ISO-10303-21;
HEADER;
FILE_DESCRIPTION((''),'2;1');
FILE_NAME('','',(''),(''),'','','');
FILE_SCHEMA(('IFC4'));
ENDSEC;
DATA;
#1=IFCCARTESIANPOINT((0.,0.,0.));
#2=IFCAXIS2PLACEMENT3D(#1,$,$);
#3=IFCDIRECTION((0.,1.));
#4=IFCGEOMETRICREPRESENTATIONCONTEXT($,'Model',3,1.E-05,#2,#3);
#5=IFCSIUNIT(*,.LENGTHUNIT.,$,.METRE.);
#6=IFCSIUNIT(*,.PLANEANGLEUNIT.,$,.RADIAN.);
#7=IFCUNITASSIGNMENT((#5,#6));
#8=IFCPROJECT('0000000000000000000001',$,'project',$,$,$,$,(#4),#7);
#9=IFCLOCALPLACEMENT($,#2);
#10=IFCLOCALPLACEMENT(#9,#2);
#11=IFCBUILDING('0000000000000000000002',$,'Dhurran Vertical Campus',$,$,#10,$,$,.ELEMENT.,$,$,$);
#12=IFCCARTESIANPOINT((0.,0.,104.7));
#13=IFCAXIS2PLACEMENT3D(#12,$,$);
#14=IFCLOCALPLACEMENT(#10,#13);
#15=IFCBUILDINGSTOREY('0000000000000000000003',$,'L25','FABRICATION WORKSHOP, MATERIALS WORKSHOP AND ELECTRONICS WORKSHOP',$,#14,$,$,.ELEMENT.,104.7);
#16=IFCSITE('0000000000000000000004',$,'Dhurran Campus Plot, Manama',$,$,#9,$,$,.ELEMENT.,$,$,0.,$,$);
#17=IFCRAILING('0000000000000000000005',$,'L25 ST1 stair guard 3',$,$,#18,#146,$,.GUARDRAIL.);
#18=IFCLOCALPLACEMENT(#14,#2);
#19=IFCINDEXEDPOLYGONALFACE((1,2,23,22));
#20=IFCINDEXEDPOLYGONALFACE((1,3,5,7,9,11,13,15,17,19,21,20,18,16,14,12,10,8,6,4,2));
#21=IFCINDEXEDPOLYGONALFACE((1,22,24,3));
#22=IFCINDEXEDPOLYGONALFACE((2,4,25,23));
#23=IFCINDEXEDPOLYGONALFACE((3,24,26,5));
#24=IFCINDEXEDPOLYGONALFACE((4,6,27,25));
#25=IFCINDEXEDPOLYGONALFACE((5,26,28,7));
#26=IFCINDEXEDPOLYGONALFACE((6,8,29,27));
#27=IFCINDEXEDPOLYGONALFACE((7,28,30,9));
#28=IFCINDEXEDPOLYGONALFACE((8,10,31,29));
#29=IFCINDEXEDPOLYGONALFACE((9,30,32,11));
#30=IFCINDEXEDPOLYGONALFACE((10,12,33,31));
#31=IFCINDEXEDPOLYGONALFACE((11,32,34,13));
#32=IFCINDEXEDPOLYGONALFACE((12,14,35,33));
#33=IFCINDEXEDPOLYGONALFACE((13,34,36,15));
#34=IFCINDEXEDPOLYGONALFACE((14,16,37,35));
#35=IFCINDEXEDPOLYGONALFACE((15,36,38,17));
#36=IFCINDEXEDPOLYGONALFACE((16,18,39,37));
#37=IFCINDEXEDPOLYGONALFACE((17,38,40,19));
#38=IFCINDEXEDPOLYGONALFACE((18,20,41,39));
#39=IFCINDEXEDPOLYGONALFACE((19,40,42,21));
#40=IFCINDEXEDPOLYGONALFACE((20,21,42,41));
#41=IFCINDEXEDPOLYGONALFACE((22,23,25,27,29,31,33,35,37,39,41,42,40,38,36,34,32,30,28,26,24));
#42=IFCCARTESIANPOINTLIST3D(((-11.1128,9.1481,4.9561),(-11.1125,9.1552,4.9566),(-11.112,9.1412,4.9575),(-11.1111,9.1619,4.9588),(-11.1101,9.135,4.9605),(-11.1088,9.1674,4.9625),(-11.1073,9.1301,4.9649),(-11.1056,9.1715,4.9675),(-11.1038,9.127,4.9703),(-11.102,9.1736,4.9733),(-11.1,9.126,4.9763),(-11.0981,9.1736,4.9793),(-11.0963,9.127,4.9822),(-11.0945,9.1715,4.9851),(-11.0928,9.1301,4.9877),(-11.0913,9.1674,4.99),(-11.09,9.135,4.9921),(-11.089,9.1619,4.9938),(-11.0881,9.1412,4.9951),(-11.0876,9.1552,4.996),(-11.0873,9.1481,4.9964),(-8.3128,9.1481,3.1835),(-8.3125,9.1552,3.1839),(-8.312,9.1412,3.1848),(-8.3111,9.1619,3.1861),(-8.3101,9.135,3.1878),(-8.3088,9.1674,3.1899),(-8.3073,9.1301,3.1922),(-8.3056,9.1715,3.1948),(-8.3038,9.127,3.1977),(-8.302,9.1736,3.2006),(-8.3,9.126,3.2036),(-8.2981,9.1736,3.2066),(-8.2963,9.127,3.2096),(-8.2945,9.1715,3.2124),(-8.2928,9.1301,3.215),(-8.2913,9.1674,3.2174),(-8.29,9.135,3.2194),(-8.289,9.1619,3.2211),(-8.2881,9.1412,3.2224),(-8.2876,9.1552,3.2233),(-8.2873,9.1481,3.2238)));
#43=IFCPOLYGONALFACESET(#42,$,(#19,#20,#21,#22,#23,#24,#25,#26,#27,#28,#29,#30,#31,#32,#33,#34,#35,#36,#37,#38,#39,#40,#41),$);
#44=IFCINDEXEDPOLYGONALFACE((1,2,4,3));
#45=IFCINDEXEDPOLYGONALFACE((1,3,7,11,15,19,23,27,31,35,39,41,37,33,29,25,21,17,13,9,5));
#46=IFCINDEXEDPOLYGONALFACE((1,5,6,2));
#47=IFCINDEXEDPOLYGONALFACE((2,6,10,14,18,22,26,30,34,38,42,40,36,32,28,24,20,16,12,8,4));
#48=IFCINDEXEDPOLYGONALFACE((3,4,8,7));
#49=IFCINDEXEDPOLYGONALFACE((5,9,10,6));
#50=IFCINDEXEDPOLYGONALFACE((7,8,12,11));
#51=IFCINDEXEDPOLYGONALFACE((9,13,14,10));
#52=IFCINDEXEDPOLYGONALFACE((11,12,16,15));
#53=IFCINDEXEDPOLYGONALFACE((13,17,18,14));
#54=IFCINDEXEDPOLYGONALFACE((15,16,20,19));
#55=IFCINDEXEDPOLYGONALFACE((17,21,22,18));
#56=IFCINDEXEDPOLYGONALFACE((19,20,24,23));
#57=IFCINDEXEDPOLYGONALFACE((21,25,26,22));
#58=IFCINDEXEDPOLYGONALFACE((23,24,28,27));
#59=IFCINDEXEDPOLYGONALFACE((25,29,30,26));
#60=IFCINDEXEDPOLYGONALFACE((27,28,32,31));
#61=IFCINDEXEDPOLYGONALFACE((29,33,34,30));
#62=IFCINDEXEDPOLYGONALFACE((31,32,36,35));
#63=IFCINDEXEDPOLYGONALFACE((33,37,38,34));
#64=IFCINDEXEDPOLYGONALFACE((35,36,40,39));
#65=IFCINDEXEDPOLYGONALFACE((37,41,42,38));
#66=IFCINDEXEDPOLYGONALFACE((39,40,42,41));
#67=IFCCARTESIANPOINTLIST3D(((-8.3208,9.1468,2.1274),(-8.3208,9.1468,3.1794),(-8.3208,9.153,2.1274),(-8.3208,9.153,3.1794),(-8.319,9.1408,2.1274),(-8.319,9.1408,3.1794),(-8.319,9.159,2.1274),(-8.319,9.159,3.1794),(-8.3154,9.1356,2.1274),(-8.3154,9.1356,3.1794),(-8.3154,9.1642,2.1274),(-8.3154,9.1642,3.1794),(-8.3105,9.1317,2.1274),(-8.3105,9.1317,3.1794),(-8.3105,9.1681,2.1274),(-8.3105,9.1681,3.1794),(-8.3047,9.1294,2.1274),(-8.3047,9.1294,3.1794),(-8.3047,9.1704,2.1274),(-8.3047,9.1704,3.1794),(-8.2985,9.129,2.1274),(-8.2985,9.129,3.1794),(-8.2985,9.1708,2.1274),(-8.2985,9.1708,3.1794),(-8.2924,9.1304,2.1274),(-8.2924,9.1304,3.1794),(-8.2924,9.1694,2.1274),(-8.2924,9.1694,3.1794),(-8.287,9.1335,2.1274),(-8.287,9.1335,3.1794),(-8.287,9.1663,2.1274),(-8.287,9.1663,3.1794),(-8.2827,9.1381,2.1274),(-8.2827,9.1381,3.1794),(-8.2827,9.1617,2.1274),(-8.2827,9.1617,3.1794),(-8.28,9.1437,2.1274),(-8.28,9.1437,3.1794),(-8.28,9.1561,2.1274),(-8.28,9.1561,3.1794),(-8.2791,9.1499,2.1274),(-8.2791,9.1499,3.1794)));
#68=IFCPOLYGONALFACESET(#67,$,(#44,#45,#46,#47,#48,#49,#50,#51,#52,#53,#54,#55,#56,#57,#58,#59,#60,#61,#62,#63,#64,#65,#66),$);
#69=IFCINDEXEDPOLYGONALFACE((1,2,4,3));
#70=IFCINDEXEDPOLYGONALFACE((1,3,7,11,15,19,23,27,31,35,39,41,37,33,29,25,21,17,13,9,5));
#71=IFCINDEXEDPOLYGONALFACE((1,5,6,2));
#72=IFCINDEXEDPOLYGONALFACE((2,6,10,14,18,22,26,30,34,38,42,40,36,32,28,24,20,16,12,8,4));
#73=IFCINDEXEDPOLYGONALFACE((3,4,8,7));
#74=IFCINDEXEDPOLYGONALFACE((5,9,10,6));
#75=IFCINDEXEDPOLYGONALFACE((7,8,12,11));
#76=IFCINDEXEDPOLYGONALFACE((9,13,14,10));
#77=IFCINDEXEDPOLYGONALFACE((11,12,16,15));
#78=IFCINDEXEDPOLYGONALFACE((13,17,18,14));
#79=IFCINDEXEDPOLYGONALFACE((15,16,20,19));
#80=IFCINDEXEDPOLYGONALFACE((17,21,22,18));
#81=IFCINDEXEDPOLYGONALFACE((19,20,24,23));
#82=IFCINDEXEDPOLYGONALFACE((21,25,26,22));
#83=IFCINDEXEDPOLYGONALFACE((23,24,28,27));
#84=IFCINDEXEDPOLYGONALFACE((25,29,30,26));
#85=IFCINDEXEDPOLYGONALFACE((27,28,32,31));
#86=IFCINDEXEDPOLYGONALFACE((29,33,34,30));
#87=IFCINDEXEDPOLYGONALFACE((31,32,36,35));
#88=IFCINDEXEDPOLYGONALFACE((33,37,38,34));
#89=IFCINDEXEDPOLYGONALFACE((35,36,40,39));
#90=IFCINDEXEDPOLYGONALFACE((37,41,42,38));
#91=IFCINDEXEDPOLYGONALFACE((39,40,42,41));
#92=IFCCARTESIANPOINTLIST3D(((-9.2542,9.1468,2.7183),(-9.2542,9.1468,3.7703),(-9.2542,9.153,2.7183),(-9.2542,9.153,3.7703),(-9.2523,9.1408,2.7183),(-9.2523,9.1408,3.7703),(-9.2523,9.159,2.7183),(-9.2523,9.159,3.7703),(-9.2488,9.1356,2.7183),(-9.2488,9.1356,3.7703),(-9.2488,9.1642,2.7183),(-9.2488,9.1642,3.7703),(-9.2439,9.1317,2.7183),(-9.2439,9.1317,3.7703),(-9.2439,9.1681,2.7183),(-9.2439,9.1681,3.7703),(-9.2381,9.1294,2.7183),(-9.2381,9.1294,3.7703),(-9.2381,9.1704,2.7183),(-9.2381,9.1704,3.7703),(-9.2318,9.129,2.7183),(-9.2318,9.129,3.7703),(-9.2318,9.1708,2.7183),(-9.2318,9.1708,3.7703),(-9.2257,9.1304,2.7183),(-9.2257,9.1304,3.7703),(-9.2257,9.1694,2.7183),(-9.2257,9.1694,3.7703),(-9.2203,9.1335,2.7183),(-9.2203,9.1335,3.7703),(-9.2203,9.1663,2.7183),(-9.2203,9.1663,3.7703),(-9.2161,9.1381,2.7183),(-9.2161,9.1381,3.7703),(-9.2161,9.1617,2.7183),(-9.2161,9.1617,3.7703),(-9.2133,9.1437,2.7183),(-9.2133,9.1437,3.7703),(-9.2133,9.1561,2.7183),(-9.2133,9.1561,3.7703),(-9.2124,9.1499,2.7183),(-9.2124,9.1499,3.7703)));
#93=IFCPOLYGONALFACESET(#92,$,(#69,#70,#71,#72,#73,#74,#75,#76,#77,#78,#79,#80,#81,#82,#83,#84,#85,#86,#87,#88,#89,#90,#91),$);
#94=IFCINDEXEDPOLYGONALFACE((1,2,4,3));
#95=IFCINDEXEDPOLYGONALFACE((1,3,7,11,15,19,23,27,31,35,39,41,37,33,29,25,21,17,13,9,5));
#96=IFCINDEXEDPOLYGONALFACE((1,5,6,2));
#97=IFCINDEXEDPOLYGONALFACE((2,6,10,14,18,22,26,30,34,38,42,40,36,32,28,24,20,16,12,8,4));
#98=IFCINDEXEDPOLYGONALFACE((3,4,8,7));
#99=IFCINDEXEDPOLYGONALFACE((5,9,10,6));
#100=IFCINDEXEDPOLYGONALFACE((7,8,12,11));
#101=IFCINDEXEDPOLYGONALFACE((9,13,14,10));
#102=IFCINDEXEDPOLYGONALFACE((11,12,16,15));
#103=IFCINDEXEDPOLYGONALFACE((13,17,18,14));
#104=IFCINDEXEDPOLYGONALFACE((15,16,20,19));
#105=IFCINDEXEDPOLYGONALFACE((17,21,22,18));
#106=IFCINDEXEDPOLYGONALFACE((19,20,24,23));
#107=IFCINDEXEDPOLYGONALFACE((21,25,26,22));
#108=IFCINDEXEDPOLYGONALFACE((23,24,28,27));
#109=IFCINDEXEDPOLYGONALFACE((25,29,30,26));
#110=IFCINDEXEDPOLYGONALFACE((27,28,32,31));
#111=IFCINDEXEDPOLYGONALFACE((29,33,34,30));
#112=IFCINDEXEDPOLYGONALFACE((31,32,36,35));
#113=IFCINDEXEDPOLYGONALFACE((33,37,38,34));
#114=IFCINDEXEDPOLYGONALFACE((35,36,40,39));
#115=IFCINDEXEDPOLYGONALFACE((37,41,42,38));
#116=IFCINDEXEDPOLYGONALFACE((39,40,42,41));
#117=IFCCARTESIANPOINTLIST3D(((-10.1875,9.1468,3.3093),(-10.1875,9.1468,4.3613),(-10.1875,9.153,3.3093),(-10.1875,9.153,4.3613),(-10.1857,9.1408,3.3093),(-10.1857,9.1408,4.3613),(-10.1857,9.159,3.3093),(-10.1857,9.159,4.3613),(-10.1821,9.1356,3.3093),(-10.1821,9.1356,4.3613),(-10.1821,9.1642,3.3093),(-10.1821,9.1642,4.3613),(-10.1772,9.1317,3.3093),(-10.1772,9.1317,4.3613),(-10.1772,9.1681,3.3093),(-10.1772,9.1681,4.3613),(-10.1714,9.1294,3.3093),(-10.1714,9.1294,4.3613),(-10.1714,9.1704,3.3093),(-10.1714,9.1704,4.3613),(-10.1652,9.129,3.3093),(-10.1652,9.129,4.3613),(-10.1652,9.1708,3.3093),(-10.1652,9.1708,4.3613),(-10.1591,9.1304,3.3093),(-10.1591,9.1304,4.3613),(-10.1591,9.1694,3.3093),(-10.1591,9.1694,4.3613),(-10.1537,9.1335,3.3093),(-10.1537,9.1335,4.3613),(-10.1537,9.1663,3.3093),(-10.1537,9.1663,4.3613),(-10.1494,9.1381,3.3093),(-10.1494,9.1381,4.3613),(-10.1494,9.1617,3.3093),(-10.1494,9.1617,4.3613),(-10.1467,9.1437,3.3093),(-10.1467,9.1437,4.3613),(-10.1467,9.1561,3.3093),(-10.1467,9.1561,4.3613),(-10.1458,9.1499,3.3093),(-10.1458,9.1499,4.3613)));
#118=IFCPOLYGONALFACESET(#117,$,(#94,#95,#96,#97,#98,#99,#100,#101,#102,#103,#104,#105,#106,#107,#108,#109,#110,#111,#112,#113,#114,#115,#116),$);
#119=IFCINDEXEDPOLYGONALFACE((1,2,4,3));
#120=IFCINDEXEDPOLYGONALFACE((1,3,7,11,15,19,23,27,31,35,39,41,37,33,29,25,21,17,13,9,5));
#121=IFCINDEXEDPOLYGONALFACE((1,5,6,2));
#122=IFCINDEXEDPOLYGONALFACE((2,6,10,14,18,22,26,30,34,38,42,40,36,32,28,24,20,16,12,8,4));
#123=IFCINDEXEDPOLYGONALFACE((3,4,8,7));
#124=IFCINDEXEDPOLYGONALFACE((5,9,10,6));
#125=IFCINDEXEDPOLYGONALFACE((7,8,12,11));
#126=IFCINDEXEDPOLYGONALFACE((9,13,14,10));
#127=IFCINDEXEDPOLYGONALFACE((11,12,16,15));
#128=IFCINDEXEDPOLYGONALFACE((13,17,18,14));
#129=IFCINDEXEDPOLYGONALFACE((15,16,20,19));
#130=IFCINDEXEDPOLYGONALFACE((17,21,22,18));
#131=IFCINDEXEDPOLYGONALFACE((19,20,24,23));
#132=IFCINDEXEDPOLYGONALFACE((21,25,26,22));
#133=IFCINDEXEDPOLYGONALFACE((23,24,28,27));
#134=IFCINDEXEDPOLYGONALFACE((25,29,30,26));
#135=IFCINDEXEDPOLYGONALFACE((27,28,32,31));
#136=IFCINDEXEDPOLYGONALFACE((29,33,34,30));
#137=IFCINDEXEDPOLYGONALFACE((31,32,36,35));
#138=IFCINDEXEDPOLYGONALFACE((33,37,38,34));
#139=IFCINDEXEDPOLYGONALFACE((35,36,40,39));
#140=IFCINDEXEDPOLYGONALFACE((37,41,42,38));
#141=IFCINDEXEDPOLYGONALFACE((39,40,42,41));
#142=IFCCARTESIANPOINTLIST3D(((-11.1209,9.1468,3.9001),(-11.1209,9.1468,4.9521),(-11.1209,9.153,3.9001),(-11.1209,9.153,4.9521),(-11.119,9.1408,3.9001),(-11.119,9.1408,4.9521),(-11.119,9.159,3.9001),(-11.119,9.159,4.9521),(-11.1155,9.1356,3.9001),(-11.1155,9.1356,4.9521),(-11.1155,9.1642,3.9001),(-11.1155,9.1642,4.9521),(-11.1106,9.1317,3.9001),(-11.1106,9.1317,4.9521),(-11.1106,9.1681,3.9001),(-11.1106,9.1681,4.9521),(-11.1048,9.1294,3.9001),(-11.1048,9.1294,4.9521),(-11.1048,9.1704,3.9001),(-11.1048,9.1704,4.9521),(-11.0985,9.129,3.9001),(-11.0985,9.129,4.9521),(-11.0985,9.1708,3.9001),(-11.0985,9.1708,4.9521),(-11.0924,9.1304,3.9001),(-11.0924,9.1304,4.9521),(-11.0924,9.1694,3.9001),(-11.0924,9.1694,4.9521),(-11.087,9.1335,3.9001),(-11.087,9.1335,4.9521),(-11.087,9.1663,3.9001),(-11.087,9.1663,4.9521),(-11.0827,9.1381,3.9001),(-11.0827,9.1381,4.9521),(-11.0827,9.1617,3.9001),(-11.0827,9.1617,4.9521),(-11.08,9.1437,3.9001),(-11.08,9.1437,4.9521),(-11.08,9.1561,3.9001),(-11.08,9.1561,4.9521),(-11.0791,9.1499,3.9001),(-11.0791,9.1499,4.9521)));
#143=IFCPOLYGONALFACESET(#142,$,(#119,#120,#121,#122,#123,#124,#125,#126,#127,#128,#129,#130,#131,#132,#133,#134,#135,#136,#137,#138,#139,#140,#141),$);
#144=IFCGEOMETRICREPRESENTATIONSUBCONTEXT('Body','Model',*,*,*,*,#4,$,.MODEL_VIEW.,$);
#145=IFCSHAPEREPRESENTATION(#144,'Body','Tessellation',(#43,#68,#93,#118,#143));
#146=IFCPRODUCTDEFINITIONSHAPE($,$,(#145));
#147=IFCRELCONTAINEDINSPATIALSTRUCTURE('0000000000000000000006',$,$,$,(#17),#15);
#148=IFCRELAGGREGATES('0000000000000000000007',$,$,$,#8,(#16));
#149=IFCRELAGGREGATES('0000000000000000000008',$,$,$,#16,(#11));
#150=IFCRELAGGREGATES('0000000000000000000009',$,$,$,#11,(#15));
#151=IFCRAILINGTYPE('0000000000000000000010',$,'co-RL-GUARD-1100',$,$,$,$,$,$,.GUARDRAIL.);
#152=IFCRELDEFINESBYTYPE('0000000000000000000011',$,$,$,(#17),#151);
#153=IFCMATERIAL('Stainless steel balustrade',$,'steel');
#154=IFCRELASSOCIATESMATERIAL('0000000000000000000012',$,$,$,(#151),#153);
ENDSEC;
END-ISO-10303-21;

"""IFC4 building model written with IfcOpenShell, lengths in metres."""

from ifc_helpers import new_model, si_unit, direction, frame, origin, origin_2d, place, context, subcontext, project, spatial, circle, extrude, material, type_object, element, save


model = new_model("IFC4")

# Units and contexts
model_context = context("Model", 3, precision=1e-05, world=origin(), true_north=direction((0.0, 1.0)))
body_context = subcontext(model_context, "Body", "Model", "MODEL_VIEW")
ifc_project = project(units=[si_unit("LENGTHUNIT", "METRE"), si_unit("PLANEANGLEUNIT", "RADIAN")], contexts=[model_context])

# Site, building, storey
site_placement = place(None, origin())
site = spatial("IfcSite", under=ifc_project, at=site_placement, Name="Dhurran Campus Plot, Manama", CompositionType="ELEMENT", RefElevation=0.0)
building_placement = place(site_placement, origin())
building = spatial("IfcBuilding", under=site, at=building_placement, Name="Dhurran Vertical Campus", CompositionType="ELEMENT")
storey_placement = place(building_placement, frame((0.0, 0.0, 104.7)))
storey = spatial("IfcBuildingStorey", under=building, at=storey_placement, Name="L25", Description="FABRICATION WORKSHOP, MATERIALS WORKSHOP AND ELECTRONICS WORKSHOP", CompositionType="ELEMENT", Elevation=104.7)

# Railing
ifc_material_1 = material(Name="Stainless steel balustrade", Category="steel")
railing_type_1 = type_object("IfcRailingType", Name="co-RL-GUARD-1100", PredefinedType="GUARDRAIL", material=ifc_material_1)
railing_1_placement = place(storey_placement, frame((-8.3, 9.1499, 2.1274)))
element("IfcRailing", 1, at=railing_1_placement, inside=storey, type_object=railing_type_1, Name="L25 ST1 stair guard 3", PredefinedType="GUARDRAIL", context=body_context, shape_type="SweptSolid", body=[
    extrude(circle(Radius=0.0239, at=origin_2d()), frame((0.0, 0.0, 1.0762), z_axis=(-0.844909, 0.0, 0.53491), x_axis=(0.0, -1.0, 0.0)), (0.0, 0.0, 1.0), 3.314),
    extrude(circle(Radius=0.021, at=origin_2d()), origin(), (0.0, 0.0, 1.0), 1.052),
    extrude(circle(Radius=0.021, at=origin_2d()), frame((-0.9333, 0.0, 0.5908)), (0.0, 0.0, 1.0), 1.052),
    extrude(circle(Radius=0.021, at=origin_2d()), frame((-1.8667, 0.0, 1.1819)), (0.0, 0.0, 1.0), 1.052),
    extrude(circle(Radius=0.021, at=origin_2d()), frame((-2.8, 0.0, 1.7727)), (0.0, 0.0, 1.0), 1.052),
])

save(model, "model.ifc")
